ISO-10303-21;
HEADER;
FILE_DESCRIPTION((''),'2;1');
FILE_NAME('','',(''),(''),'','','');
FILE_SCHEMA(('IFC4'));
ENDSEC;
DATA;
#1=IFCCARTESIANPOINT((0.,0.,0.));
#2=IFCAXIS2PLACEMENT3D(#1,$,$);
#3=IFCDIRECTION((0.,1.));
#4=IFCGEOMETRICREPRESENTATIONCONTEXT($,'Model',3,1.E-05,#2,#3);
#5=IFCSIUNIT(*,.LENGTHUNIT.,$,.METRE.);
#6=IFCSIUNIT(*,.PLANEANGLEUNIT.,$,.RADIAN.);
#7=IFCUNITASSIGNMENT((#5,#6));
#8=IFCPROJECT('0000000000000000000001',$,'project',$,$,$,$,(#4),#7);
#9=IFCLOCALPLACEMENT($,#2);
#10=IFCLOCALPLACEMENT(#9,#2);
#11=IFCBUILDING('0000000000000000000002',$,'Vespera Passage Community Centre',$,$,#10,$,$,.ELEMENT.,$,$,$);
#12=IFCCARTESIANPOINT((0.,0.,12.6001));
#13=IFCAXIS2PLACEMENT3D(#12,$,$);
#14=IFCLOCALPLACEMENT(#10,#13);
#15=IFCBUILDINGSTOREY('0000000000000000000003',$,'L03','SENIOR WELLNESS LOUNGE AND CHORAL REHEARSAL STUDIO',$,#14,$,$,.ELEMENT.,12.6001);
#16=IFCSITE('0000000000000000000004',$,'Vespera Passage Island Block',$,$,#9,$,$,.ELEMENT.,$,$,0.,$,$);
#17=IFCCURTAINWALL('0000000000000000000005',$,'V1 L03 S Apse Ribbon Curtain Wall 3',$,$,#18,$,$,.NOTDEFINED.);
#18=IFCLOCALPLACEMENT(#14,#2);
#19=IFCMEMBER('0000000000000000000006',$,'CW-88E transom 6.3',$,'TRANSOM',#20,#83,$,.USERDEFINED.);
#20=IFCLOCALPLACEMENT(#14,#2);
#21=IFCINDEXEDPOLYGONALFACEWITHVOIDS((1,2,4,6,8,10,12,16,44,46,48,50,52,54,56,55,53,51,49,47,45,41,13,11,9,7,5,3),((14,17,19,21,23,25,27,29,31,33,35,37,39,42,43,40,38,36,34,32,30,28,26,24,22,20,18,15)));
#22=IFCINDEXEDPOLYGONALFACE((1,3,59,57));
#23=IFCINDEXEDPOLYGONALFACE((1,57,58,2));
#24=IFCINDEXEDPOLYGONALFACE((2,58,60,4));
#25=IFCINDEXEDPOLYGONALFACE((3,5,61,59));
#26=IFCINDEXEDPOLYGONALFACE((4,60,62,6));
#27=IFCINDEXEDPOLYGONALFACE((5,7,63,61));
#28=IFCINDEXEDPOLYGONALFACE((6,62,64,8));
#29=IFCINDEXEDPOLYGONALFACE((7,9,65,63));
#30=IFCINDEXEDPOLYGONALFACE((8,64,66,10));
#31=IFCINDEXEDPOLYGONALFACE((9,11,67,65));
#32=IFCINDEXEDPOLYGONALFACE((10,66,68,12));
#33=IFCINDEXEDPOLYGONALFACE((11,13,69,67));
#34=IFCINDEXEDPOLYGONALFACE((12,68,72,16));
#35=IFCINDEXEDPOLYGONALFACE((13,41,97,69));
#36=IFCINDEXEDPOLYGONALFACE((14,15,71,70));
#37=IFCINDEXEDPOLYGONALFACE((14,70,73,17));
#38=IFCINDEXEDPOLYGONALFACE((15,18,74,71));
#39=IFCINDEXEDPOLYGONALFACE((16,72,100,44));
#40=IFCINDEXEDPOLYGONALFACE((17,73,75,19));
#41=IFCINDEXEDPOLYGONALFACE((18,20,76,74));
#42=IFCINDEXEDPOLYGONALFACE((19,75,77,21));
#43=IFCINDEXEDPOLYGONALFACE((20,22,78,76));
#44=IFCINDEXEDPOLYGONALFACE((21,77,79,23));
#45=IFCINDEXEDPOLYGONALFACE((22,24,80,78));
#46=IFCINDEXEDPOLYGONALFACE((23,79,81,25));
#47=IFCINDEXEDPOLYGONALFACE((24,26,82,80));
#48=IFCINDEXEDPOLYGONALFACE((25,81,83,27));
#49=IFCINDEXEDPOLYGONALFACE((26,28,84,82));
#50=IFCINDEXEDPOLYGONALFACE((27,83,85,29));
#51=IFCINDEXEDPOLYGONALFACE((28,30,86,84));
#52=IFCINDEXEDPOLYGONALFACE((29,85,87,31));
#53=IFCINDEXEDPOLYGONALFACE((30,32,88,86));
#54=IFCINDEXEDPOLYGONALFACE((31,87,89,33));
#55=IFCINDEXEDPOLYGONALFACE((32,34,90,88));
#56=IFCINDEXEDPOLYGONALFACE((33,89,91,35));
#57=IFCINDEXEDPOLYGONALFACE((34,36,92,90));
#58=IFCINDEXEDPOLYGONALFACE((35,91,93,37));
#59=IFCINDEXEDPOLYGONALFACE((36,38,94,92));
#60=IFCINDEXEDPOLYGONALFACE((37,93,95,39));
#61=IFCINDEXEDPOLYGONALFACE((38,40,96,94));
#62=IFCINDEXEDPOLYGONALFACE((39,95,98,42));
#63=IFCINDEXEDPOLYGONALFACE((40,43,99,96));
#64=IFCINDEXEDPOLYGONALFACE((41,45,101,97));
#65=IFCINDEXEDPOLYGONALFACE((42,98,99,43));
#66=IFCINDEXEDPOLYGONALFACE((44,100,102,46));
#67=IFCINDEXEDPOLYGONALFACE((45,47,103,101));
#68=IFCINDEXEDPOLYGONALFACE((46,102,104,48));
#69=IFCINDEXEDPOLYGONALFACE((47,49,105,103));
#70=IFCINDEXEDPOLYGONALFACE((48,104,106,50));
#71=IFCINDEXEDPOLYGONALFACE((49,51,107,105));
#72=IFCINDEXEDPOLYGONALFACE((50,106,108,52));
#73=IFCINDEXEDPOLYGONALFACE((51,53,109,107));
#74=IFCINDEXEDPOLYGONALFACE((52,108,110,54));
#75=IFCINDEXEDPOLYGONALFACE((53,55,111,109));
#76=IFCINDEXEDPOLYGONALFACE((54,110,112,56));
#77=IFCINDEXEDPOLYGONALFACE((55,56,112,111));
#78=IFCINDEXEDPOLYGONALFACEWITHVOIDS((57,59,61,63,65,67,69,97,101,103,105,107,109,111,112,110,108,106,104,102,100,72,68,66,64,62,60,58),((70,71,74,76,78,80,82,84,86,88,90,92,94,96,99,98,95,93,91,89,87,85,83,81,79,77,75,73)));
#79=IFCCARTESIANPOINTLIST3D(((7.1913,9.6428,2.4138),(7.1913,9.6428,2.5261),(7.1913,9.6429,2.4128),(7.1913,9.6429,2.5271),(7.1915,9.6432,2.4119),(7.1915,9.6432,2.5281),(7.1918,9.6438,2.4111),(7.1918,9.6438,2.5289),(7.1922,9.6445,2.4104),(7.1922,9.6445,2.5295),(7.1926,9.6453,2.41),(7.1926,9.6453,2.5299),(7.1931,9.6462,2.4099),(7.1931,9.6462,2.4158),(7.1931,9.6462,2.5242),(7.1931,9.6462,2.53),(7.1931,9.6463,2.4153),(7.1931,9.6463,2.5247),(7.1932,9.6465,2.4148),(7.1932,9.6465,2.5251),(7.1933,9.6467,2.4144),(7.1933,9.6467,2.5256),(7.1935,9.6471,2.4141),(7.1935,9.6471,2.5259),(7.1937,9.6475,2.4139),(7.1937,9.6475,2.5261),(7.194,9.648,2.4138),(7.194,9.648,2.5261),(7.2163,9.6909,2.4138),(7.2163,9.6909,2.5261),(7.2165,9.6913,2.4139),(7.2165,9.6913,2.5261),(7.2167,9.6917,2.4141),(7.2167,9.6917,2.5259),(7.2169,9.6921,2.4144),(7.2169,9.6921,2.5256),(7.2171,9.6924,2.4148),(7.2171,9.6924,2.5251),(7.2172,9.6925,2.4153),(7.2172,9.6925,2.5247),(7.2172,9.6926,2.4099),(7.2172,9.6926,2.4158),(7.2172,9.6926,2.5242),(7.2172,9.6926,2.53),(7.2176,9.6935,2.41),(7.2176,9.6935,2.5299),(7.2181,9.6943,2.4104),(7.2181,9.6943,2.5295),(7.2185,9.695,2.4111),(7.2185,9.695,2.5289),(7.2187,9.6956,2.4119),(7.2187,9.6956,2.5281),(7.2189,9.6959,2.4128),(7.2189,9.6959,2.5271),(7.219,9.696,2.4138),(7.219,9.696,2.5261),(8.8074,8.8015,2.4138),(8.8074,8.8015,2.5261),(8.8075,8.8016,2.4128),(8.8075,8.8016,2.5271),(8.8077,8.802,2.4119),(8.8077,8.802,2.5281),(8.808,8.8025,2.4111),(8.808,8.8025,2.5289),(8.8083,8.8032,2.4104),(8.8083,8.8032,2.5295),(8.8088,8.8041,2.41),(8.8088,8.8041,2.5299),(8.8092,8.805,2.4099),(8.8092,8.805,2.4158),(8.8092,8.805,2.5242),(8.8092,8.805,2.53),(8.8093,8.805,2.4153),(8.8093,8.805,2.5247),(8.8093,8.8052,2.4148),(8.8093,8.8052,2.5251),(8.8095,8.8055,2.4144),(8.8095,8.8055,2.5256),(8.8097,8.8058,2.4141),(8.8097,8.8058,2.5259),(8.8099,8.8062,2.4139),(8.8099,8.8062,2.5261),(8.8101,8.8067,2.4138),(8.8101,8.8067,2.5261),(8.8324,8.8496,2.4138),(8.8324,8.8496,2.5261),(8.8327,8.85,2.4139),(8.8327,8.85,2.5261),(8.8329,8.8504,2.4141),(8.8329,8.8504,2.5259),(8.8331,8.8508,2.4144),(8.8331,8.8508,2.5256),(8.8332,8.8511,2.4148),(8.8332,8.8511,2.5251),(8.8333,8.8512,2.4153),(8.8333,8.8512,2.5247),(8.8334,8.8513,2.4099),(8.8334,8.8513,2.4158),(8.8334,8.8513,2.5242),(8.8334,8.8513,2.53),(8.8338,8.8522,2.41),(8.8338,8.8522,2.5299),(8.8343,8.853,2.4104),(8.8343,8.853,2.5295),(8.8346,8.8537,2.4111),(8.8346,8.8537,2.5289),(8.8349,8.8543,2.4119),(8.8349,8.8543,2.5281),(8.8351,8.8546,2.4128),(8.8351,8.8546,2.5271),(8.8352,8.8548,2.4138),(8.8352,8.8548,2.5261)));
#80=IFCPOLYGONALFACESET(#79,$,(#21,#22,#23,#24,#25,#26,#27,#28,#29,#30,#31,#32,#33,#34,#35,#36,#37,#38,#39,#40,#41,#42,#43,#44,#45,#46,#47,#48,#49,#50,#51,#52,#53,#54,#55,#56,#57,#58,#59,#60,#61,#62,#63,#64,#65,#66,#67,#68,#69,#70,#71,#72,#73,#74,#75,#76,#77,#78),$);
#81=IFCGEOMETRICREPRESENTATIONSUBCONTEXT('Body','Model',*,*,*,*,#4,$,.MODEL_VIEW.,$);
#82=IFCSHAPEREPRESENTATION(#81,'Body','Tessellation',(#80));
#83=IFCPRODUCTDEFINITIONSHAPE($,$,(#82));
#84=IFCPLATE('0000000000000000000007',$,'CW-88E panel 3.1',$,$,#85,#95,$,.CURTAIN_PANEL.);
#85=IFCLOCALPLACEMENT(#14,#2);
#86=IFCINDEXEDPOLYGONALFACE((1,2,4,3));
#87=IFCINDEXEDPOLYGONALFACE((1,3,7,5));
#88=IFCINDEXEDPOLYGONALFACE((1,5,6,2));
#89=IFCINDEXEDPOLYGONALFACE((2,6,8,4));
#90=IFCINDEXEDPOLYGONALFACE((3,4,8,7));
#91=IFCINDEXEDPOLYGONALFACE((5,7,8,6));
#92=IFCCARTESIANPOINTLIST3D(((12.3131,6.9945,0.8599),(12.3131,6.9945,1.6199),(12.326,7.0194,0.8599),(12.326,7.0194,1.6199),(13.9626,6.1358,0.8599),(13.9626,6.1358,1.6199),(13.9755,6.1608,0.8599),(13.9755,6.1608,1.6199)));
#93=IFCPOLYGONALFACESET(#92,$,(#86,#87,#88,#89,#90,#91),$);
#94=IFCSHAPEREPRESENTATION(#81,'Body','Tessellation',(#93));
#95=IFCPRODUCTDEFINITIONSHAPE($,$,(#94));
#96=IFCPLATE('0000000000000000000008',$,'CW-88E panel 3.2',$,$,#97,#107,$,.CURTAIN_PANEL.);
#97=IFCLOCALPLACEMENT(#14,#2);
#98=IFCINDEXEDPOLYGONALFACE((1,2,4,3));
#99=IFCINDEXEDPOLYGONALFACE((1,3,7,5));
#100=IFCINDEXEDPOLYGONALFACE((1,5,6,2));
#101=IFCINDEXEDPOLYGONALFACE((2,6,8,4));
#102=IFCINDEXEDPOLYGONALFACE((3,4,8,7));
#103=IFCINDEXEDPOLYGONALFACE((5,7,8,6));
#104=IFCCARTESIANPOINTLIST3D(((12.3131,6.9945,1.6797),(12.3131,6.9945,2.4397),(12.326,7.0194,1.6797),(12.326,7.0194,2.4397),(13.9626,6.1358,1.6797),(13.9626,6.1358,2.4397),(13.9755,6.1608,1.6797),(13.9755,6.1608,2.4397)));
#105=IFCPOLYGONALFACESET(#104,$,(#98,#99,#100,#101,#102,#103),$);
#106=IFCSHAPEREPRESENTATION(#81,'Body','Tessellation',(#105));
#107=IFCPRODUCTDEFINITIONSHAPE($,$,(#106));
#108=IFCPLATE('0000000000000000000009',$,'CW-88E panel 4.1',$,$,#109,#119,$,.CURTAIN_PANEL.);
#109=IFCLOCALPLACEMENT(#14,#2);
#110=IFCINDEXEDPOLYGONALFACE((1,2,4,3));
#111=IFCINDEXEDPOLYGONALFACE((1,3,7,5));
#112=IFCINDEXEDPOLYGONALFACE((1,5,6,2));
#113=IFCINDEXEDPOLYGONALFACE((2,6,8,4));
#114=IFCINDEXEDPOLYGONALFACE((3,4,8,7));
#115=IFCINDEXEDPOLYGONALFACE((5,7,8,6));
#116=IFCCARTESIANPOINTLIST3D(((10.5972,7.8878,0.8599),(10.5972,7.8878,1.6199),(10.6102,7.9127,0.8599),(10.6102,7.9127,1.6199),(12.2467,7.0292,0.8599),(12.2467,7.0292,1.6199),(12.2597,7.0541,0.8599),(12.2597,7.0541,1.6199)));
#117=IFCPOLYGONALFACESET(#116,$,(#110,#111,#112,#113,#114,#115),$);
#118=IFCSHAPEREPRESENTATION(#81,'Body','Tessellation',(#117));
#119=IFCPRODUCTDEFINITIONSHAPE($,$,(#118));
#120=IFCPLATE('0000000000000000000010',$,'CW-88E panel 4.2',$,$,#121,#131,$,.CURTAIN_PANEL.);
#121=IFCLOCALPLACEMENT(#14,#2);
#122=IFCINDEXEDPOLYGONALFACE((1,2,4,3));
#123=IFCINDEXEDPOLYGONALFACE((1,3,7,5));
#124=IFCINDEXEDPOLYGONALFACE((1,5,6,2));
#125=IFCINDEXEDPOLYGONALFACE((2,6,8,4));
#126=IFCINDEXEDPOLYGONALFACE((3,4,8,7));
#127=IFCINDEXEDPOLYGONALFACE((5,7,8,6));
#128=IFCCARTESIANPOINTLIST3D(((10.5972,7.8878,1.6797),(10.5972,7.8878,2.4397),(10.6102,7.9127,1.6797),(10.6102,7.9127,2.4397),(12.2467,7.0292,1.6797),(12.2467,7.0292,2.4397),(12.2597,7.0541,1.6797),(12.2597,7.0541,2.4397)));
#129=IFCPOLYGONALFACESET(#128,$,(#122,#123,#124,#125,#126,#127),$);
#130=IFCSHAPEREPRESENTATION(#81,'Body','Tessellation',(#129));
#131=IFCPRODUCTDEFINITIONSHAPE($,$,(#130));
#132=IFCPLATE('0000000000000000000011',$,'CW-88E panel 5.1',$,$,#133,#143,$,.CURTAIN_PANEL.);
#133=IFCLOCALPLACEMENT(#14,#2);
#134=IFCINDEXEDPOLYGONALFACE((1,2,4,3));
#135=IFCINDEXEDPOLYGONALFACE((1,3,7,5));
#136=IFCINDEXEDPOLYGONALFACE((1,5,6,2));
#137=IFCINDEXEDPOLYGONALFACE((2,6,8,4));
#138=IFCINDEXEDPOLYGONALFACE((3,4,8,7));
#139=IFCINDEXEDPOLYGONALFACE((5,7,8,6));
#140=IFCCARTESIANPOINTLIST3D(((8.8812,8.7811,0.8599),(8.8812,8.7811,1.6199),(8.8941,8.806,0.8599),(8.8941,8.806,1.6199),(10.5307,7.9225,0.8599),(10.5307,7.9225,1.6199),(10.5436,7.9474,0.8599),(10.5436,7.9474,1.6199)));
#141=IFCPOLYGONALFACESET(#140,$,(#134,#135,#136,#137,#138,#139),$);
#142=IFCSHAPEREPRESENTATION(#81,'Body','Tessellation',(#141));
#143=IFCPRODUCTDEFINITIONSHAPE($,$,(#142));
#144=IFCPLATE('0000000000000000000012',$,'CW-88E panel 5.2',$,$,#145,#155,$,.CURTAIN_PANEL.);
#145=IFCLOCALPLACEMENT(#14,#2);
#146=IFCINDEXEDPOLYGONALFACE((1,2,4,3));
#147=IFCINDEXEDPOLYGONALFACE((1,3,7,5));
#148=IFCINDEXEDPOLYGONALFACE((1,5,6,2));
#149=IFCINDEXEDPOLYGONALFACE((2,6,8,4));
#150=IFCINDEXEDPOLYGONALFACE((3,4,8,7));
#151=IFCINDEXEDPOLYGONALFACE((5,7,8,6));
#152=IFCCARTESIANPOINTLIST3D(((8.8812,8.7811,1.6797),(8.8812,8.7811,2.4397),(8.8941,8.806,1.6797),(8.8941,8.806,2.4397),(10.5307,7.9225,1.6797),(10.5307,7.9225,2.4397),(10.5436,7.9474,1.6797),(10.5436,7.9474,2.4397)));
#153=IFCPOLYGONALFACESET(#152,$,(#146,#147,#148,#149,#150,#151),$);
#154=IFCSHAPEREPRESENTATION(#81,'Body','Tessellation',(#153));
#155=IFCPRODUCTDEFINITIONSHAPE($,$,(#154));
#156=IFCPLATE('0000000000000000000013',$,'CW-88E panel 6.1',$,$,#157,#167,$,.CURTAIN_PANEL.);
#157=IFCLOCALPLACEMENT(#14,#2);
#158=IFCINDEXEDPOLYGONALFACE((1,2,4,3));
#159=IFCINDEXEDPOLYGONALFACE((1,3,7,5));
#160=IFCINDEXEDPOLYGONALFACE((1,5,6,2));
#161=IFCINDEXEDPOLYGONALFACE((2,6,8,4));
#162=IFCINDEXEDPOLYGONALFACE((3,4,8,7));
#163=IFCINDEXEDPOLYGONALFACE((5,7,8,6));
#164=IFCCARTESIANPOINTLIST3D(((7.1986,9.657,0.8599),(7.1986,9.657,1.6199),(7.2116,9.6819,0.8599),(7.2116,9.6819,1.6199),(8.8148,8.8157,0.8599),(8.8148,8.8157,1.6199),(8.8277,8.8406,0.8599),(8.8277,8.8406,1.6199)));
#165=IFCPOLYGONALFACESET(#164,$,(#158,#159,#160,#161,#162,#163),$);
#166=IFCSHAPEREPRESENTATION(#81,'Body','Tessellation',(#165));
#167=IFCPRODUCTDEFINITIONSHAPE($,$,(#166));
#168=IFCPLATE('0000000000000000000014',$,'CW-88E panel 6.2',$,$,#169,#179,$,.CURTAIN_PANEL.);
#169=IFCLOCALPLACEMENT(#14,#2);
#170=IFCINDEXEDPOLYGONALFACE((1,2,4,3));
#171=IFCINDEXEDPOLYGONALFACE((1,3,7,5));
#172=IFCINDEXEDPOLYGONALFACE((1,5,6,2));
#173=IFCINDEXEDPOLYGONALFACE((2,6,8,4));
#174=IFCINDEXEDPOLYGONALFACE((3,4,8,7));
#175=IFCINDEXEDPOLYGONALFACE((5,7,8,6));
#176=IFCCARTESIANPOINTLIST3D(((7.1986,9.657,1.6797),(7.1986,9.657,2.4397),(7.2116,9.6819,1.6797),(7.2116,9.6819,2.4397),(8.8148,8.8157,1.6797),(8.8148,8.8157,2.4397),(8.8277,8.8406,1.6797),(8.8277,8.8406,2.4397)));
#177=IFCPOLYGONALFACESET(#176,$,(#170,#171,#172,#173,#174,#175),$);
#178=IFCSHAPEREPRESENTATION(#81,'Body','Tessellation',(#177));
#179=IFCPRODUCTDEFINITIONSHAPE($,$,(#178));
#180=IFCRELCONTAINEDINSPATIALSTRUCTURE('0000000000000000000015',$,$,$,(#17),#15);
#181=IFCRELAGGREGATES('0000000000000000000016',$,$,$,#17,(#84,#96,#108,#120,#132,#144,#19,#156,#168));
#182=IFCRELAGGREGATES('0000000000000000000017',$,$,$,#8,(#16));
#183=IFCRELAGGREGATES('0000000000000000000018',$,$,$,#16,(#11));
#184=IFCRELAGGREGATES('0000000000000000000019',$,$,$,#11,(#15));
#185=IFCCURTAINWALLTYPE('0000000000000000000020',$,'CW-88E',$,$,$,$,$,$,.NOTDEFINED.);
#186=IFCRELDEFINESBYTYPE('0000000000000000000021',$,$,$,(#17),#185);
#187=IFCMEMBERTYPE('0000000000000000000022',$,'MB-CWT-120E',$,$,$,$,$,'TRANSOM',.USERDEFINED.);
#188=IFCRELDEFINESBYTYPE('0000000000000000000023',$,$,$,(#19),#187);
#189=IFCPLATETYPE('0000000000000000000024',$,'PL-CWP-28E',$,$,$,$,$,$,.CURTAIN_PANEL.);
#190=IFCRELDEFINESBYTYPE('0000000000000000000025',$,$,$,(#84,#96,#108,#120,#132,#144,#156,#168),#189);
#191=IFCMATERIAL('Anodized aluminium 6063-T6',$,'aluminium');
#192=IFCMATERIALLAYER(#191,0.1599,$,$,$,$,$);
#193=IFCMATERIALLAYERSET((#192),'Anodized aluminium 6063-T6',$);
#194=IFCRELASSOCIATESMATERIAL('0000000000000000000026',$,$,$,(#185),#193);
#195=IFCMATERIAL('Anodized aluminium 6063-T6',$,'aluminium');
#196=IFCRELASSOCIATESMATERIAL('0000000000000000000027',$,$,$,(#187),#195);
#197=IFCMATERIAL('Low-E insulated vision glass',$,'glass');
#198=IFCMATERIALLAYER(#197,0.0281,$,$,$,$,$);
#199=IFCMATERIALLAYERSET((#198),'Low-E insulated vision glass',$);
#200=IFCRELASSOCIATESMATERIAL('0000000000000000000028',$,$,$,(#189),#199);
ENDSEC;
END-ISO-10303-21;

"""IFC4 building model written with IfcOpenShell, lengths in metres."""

from ifc_helpers import new_model, si_unit, direction, frame, origin, origin_2d, place, context, subcontext, project, spatial, rectangle, hollow_rectangle, extrude, material, layer, layer_set, material_profile, profile_set, type_object, element, aggregate, save


model = new_model("IFC4")

# Units and contexts
model_context = context("Model", 3, precision=1e-05, world=origin(), true_north=direction((0.0, 1.0)))
body_context = subcontext(model_context, "Body", "Model", "MODEL_VIEW")
ifc_project = project(units=[si_unit("LENGTHUNIT", "METRE"), si_unit("PLANEANGLEUNIT", "RADIAN")], contexts=[model_context])

# Site, building, storey
site_placement = place(None, origin())
site = spatial("IfcSite", under=ifc_project, at=site_placement, Name="Vespera Passage Island Block", CompositionType="ELEMENT", RefElevation=0.0)
building_placement = place(site_placement, origin())
building = spatial("IfcBuilding", under=site, at=building_placement, Name="Vespera Passage Community Centre", CompositionType="ELEMENT")
storey_placement = place(building_placement, frame((0.0, 0.0, 12.6001)))
storey = spatial("IfcBuildingStorey", under=building, at=storey_placement, Name="L03", Description="SENIOR WELLNESS LOUNGE AND CHORAL REHEARSAL STUDIO", CompositionType="ELEMENT", Elevation=12.6001)

# Curtain wall, member, plates
ifc_material_1 = material(Name="Anodized aluminium 6063-T6", Category="aluminium")
ifc_layer_1 = layer(ifc_material_1, 0.1599)
ifc_layer_set_1 = layer_set([ifc_layer_1], Name="Anodized aluminium 6063-T6")
curtain_wall_type = type_object("IfcCurtainWallType", Name="CW-88E", PredefinedType="NOTDEFINED", material=ifc_layer_set_1)
curtain_wall_placement = place(storey_placement, origin())
curtain_wall = element("IfcCurtainWall", 1, at=curtain_wall_placement, inside=storey, type_object=curtain_wall_type, Name="V1 L03 S Apse Ribbon Curtain Wall 3", PredefinedType="NOTDEFINED")
ifc_material_2 = material(Name="Anodized aluminium 6063-T6", Category="aluminium")
ifc_material_profile_1 = material_profile(ifc_material_2, hollow_rectangle(XDim=0.0601, YDim=0.1201, WallThickness=0.0039, InnerFilletRadius=0.002, OuterFilletRadius=0.0039, at=origin_2d()), Name="ALU120X60X4")
ifc_profile_set_1 = profile_set([ifc_material_profile_1], Name="Anodized aluminium 6063-T6")
member_type_1 = type_object("IfcMemberType", Name="MB-CWT-120E", ElementType="TRANSOM", PredefinedType="USERDEFINED", material=ifc_profile_set_1)
member_1_placement = place(storey_placement, frame((8.8213, 8.8281, 2.47), z_axis=(-0.887019, 0.461732, 0.0), x_axis=(-0.461732, -0.887019, 0.0)))
member_1 = element("IfcMember", 2, at=member_1_placement, type_object=member_type_1, Name="CW-88E transom 6.3", ObjectType="TRANSOM", PredefinedType="USERDEFINED", context=body_context, shape_type="SweptSolid", body=[
    extrude(hollow_rectangle(XDim=0.0601, YDim=0.1201, WallThickness=0.0039, InnerFilletRadius=0.002, OuterFilletRadius=0.0039, at=origin_2d()), origin(), (0.0, 0.0, 1.0), 1.822),
])
ifc_material_3 = material(Name="Low-E insulated vision glass", Category="glass")
ifc_layer_2 = layer(ifc_material_3, 0.0281)
ifc_layer_set_2 = layer_set([ifc_layer_2], Name="Low-E insulated vision glass")
plate_type = type_object("IfcPlateType", Name="PL-CWP-28E", PredefinedType="CURTAIN_PANEL", material=ifc_layer_set_2)
plate_1_placement = place(storey_placement, frame((13.1443, 6.5776, 0.8599), z_axis=(0.0, 0.0, 1.0), x_axis=(-0.887013, 0.461745, 0.0)))
plate_1 = element("IfcPlate", 3, at=plate_1_placement, type_object=plate_type, Name="CW-88E panel 3.1", PredefinedType="CURTAIN_PANEL", context=body_context, shape_type="SweptSolid", body=[
    extrude(rectangle(XDim=1.8596, YDim=0.0281, at=origin_2d()), origin(), (0.0, 0.0, 1.0), 0.76),
])
plate_2_placement = place(storey_placement, frame((13.1443, 6.5776, 1.6797), z_axis=(0.0, 0.0, 1.0), x_axis=(-0.887013, 0.461745, 0.0)))
plate_2 = element("IfcPlate", 4, at=plate_2_placement, type_object=plate_type, Name="CW-88E panel 3.2", PredefinedType="CURTAIN_PANEL", context=body_context, shape_type="SweptSolid", body=[
    extrude(rectangle(XDim=1.8596, YDim=0.0281, at=origin_2d()), origin(), (0.0, 0.0, 1.0), 0.76),
])
plate_3_placement = place(storey_placement, frame((11.4285, 7.4709, 0.8599), z_axis=(0.0, 0.0, 1.0), x_axis=(-0.887013, 0.461745, 0.0)))
plate_3 = element("IfcPlate", 5, at=plate_3_placement, type_object=plate_type, Name="CW-88E panel 4.1", PredefinedType="CURTAIN_PANEL", context=body_context, shape_type="SweptSolid", body=[
    extrude(rectangle(XDim=1.8596, YDim=0.0281, at=origin_2d()), origin(), (0.0, 0.0, 1.0), 0.76),
])
plate_4_placement = place(storey_placement, frame((11.4285, 7.4709, 1.6797), z_axis=(0.0, 0.0, 1.0), x_axis=(-0.887013, 0.461745, 0.0)))
plate_4 = element("IfcPlate", 6, at=plate_4_placement, type_object=plate_type, Name="CW-88E panel 4.2", PredefinedType="CURTAIN_PANEL", context=body_context, shape_type="SweptSolid", body=[
    extrude(rectangle(XDim=1.8596, YDim=0.0281, at=origin_2d()), origin(), (0.0, 0.0, 1.0), 0.76),
])
plate_5_placement = place(storey_placement, frame((9.7124, 8.3643, 0.8599), z_axis=(0.0, 0.0, 1.0), x_axis=(-0.887013, 0.461745, 0.0)))
plate_5 = element("IfcPlate", 7, at=plate_5_placement, type_object=plate_type, Name="CW-88E panel 5.1", PredefinedType="CURTAIN_PANEL", context=body_context, shape_type="SweptSolid", body=[
    extrude(rectangle(XDim=1.8596, YDim=0.0281, at=origin_2d()), origin(), (0.0, 0.0, 1.0), 0.76),
])
plate_6_placement = place(storey_placement, frame((9.7124, 8.3643, 1.6797), z_axis=(0.0, 0.0, 1.0), x_axis=(-0.887013, 0.461745, 0.0)))
plate_6 = element("IfcPlate", 8, at=plate_6_placement, type_object=plate_type, Name="CW-88E panel 5.2", PredefinedType="CURTAIN_PANEL", context=body_context, shape_type="SweptSolid", body=[
    extrude(rectangle(XDim=1.8596, YDim=0.0281, at=origin_2d()), origin(), (0.0, 0.0, 1.0), 0.76),
])
plate_7_placement = place(storey_placement, frame((8.0132, 9.2488, 0.8599), z_axis=(0.0, 0.0, 1.0), x_axis=(-0.887013, 0.461745, 0.0)))
plate_7 = element("IfcPlate", 9, at=plate_7_placement, type_object=plate_type, Name="CW-88E panel 6.1", PredefinedType="CURTAIN_PANEL", context=body_context, shape_type="SweptSolid", body=[
    extrude(rectangle(XDim=1.822, YDim=0.0281, at=origin_2d()), origin(), (0.0, 0.0, 1.0), 0.76),
])
plate_8_placement = place(storey_placement, frame((8.0132, 9.2488, 1.6797), z_axis=(0.0, 0.0, 1.0), x_axis=(-0.887013, 0.461745, 0.0)))
plate_8 = element("IfcPlate", 10, at=plate_8_placement, type_object=plate_type, Name="CW-88E panel 6.2", PredefinedType="CURTAIN_PANEL", context=body_context, shape_type="SweptSolid", body=[
    extrude(rectangle(XDim=1.822, YDim=0.0281, at=origin_2d()), origin(), (0.0, 0.0, 1.0), 0.76),
])
aggregate(curtain_wall, [plate_1, plate_2, plate_3, plate_4, plate_5, plate_6, member_1, plate_7, plate_8])

save(model, "model.ifc")
